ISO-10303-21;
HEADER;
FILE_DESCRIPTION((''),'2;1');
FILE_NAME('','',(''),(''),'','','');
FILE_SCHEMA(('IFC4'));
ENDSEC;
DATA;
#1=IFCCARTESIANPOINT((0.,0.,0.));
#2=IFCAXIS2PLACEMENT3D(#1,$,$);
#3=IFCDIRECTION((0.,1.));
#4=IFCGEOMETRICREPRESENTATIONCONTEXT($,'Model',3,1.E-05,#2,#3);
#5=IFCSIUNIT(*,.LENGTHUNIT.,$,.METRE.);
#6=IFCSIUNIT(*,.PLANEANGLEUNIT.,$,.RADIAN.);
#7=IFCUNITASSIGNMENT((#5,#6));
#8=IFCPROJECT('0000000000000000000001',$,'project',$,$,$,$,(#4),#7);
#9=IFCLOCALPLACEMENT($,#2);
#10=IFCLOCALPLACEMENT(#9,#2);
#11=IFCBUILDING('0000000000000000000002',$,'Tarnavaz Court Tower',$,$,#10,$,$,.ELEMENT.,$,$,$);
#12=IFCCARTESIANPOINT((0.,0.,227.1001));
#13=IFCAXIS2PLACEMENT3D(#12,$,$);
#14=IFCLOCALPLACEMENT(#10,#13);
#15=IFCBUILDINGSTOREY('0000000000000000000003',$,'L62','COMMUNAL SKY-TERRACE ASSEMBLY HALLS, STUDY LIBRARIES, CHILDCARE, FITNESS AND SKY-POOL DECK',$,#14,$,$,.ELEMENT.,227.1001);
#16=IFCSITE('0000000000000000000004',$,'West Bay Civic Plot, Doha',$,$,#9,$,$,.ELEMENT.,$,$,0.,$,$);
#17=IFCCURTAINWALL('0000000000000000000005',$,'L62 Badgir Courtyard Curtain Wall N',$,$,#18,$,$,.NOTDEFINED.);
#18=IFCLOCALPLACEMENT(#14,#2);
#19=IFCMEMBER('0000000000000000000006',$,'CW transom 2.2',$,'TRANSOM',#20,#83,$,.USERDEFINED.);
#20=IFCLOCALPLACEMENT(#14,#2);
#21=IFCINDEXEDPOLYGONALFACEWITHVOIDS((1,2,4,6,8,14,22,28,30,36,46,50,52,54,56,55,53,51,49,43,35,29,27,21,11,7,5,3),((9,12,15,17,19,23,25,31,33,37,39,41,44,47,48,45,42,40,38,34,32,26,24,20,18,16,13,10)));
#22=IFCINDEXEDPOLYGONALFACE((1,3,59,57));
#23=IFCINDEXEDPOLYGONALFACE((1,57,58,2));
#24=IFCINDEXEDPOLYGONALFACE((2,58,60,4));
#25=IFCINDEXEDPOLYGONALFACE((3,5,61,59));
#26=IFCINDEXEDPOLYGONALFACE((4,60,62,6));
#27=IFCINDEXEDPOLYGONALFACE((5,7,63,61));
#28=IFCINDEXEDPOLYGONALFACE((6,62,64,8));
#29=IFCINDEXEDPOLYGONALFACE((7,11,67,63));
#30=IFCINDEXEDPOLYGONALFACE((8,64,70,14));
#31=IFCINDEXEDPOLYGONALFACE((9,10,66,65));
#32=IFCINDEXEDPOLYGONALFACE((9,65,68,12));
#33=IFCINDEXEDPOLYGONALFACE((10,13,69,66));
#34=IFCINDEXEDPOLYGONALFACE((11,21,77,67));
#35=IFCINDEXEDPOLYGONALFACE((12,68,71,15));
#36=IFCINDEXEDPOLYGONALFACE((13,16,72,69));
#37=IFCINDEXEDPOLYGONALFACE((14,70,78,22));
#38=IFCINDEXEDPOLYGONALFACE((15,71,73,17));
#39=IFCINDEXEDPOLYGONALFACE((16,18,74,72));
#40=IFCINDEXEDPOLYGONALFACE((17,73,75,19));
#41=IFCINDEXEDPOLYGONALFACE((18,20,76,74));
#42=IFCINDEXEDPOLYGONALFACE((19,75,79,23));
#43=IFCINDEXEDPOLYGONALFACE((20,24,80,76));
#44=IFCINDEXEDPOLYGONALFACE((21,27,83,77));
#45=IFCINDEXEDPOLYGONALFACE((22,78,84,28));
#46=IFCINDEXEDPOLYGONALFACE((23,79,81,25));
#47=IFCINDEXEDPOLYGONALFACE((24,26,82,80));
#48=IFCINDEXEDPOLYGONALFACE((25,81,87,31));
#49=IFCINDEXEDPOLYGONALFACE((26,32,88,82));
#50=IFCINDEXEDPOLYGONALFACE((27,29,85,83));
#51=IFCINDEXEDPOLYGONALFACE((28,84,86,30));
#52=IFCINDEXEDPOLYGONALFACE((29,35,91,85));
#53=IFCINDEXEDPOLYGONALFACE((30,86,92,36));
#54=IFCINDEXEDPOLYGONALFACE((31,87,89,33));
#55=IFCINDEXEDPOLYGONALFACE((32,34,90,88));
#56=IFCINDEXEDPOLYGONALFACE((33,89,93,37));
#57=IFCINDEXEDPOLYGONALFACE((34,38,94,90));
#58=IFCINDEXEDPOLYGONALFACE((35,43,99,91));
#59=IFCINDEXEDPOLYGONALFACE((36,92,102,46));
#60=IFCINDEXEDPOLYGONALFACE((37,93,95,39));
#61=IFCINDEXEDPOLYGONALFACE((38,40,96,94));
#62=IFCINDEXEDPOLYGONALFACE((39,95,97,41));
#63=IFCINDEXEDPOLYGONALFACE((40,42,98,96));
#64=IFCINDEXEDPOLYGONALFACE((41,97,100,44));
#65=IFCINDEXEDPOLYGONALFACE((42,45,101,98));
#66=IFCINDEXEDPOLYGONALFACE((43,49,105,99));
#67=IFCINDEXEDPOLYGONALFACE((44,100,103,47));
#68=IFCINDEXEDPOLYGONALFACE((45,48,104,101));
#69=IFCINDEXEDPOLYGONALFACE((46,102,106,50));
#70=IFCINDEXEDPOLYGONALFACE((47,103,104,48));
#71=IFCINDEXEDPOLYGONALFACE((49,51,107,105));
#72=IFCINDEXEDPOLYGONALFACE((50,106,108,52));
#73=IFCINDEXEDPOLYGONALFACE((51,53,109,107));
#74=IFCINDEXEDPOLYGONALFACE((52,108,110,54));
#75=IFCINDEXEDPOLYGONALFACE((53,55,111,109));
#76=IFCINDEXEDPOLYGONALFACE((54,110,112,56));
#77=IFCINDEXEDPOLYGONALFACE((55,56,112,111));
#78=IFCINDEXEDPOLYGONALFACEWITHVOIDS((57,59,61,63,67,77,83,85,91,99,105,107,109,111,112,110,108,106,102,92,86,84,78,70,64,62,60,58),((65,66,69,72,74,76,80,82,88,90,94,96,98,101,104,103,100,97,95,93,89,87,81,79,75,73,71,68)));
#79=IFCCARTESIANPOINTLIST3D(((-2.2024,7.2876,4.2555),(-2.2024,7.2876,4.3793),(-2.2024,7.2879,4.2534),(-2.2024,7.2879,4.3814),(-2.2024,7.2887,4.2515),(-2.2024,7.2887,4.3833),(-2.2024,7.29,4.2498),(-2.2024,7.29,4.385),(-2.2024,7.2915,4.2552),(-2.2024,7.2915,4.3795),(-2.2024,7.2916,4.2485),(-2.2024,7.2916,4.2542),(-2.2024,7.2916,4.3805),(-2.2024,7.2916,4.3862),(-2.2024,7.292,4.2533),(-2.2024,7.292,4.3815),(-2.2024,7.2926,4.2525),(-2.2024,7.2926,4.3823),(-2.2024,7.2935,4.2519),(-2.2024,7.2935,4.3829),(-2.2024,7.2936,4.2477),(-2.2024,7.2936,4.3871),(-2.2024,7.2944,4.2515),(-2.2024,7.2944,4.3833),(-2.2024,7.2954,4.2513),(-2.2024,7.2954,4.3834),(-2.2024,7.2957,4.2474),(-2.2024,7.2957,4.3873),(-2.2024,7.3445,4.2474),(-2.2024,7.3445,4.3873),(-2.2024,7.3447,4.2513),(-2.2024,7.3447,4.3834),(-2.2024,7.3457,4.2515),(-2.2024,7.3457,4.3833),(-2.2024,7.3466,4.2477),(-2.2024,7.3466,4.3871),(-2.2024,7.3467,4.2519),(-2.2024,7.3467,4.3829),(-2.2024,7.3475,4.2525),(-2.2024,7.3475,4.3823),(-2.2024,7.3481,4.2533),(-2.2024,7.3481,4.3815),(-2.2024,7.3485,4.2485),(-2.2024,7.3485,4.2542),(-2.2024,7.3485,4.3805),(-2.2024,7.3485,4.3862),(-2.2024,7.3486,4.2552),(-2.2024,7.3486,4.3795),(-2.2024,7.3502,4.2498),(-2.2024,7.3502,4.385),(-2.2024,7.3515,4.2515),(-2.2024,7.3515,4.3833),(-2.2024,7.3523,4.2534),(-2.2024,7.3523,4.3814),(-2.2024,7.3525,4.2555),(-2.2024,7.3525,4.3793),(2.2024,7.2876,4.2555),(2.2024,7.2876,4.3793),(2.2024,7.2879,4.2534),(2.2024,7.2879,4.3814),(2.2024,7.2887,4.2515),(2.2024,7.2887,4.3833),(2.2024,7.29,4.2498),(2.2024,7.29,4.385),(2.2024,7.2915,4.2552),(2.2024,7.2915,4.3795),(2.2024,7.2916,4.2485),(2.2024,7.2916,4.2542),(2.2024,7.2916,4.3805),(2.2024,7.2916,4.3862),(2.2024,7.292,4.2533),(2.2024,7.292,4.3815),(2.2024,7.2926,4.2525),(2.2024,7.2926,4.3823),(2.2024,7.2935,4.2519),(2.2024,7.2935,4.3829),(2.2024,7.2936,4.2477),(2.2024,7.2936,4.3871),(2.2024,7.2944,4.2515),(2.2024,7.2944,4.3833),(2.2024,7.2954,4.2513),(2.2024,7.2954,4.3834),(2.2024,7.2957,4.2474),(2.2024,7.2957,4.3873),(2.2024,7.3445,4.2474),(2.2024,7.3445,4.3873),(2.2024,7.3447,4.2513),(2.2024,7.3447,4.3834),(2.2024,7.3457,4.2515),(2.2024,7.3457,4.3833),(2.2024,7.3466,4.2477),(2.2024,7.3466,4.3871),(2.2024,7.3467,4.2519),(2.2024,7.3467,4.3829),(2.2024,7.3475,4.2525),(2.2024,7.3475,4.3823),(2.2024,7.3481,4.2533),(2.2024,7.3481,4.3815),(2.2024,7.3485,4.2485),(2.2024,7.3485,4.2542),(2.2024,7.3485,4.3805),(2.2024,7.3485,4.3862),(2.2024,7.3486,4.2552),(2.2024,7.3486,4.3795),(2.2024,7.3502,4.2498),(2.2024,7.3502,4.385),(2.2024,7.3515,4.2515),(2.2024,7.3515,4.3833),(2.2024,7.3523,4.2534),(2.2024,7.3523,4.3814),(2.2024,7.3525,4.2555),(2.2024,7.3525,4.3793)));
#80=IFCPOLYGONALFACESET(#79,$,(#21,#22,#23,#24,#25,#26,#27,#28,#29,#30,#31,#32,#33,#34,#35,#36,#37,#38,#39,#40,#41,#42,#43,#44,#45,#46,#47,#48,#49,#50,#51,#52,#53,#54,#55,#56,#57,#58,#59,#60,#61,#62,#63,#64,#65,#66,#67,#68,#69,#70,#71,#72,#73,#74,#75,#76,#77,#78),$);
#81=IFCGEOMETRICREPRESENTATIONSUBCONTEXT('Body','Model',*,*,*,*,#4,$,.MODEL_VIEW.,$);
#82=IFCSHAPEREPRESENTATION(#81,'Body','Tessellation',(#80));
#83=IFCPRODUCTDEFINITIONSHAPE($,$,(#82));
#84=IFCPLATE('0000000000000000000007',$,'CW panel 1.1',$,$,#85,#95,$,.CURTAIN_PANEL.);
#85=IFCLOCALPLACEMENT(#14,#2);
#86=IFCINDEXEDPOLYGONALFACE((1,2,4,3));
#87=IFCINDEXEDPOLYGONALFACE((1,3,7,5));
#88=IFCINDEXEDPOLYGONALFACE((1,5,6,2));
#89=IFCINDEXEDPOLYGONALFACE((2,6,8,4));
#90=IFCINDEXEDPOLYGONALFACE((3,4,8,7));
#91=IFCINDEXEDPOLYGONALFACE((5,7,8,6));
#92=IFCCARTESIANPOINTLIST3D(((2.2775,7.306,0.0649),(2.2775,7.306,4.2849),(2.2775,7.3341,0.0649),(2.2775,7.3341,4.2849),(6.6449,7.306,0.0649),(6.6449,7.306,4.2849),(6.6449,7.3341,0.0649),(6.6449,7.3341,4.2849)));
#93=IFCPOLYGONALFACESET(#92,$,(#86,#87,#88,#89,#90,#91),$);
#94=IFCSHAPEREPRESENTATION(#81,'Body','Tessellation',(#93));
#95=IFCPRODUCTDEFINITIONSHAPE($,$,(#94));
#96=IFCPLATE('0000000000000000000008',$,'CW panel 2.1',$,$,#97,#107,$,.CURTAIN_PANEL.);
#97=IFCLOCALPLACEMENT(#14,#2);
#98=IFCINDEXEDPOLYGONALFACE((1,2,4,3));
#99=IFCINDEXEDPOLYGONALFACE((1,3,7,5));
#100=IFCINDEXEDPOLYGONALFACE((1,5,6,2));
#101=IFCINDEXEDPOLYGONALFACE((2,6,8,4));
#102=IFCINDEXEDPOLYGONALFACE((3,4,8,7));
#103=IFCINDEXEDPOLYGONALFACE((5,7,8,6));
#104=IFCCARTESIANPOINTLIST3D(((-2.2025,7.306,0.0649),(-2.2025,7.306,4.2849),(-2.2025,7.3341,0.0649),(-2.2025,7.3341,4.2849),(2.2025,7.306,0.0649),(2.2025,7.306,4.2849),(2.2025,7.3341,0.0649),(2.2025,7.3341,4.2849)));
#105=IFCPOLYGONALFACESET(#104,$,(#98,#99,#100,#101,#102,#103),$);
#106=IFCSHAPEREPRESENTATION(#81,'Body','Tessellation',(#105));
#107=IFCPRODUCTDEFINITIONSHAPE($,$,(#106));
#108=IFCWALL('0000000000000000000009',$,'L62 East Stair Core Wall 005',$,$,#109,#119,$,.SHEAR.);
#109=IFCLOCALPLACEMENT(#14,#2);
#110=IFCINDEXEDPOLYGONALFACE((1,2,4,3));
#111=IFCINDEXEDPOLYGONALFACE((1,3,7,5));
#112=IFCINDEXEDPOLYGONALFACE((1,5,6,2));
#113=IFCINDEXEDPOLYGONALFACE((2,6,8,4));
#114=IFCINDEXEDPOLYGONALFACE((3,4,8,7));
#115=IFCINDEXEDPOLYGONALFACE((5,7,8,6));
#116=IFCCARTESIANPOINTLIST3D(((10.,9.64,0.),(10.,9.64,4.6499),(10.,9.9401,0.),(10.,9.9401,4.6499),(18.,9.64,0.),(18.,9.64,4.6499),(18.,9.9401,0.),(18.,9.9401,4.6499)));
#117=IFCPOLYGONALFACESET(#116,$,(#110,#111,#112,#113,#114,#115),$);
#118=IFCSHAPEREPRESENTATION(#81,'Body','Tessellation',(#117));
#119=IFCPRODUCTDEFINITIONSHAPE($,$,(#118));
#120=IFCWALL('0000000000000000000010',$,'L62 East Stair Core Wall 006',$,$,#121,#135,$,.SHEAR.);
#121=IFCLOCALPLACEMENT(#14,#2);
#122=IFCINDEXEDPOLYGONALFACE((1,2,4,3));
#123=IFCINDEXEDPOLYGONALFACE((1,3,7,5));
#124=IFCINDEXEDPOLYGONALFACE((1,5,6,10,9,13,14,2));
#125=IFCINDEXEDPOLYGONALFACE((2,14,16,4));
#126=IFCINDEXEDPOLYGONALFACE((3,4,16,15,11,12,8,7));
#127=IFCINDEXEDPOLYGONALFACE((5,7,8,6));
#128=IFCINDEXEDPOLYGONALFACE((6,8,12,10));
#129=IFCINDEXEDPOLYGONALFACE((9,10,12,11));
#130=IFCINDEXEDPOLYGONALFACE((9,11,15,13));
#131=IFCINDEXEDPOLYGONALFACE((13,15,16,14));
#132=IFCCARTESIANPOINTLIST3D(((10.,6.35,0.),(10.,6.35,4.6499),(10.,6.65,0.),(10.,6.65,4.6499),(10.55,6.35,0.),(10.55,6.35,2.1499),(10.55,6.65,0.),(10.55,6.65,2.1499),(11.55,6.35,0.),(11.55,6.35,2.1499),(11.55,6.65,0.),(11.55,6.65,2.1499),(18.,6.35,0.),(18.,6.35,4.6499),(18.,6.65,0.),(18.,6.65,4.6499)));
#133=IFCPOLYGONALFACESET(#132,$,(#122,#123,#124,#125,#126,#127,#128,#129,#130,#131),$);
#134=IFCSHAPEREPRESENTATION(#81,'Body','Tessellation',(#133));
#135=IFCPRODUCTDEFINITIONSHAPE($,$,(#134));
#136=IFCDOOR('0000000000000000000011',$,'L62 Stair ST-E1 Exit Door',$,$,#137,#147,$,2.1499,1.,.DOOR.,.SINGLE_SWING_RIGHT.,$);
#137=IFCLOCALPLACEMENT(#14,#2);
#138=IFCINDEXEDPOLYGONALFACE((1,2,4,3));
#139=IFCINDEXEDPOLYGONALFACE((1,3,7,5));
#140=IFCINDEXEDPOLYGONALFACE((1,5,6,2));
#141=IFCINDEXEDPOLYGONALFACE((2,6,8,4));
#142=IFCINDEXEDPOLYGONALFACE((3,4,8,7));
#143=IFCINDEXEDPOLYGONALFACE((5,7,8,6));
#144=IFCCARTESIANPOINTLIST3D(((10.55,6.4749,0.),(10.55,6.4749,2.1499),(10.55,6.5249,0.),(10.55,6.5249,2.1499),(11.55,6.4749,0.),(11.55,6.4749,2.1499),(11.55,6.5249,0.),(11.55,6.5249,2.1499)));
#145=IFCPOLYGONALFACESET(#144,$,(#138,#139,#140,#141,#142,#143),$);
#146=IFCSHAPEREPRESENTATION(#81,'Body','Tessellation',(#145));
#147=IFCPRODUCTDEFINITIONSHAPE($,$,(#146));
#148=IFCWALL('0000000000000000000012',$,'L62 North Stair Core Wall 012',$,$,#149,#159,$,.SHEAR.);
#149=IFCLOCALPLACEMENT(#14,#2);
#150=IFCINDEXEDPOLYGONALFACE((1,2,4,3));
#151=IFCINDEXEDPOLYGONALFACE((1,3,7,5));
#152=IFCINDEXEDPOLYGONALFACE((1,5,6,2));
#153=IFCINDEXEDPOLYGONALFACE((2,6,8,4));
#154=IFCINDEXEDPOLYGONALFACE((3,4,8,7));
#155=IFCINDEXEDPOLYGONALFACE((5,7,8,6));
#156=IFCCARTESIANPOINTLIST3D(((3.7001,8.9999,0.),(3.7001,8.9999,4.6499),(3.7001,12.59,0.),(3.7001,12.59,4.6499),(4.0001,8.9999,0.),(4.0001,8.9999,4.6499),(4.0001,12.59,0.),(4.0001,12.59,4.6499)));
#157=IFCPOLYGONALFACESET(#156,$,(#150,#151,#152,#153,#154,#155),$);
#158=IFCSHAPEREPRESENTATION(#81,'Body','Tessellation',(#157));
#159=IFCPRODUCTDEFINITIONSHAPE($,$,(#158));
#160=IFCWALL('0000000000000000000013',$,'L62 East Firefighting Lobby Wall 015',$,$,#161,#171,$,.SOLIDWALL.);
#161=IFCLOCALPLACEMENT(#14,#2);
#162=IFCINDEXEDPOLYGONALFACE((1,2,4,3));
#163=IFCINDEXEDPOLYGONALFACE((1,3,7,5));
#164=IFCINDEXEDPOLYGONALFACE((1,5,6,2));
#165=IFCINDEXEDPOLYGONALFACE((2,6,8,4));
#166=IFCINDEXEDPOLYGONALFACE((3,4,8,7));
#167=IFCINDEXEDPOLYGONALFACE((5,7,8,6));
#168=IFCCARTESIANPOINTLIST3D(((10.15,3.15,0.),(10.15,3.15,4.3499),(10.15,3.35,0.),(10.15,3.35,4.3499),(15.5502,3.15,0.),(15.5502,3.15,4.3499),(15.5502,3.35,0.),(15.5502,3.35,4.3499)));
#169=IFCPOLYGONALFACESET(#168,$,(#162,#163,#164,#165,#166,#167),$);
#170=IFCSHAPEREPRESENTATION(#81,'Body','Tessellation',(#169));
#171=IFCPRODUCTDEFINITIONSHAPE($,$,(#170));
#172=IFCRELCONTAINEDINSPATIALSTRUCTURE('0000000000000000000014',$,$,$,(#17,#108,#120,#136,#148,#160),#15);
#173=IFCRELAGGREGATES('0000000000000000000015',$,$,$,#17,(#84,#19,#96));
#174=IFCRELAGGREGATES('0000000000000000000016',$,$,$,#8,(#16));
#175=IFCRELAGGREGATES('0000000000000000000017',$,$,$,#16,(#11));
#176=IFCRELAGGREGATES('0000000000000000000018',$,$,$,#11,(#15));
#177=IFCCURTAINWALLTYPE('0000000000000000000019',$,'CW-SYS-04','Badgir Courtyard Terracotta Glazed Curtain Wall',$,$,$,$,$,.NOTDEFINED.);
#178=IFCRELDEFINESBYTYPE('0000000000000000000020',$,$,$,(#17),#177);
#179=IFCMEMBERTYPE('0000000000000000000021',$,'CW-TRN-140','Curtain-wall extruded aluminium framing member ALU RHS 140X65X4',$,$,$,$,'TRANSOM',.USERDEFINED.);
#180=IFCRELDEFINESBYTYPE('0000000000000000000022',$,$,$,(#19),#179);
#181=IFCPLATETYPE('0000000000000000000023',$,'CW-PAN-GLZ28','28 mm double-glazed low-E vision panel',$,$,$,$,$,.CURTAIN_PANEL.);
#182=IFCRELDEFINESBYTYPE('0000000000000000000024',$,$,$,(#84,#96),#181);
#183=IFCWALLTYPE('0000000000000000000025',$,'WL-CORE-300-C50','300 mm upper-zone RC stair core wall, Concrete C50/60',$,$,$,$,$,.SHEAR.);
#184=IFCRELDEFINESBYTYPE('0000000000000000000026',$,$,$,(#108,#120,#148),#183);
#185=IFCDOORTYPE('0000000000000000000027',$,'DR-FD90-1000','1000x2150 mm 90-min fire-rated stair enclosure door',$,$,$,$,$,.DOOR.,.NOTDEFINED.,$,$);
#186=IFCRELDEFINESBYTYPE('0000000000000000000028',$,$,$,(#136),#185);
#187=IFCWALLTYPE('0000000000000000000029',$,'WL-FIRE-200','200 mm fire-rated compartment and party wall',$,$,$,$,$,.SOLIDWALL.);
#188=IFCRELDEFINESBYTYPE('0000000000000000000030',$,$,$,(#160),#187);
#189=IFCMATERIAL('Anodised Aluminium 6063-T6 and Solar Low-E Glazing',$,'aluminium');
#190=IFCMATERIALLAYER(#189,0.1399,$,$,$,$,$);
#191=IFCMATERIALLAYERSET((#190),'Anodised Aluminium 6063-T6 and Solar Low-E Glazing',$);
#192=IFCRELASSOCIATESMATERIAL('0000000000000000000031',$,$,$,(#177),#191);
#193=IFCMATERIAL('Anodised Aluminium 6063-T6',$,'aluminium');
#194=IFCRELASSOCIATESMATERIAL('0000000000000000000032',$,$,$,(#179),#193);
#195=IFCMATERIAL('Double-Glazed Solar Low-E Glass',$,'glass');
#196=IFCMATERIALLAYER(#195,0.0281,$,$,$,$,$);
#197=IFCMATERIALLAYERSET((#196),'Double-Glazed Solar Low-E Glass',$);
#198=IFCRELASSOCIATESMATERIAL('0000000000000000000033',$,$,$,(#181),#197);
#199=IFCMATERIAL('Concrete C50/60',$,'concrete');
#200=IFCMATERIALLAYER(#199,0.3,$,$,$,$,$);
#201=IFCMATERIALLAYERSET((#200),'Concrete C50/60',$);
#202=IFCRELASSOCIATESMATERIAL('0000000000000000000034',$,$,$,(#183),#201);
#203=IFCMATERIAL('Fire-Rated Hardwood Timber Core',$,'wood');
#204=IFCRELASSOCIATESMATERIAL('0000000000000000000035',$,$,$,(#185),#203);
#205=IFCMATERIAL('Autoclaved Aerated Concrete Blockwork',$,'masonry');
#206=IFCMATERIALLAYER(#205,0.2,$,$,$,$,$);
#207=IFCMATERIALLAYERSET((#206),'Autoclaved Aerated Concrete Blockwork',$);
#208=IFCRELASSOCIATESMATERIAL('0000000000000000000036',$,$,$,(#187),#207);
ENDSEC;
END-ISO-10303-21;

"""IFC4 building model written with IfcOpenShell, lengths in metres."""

from ifc_helpers import new_model, si_unit, direction, frame, frame_2d, origin, origin_2d, place, context, subcontext, project, spatial, rectangle, hollow_rectangle, extrude, material, layer, layer_set, material_profile, profile_set, type_object, element, fill, aggregate, save


model = new_model("IFC4")

# Units and contexts
model_context = context("Model", 3, precision=1e-05, world=origin(), true_north=direction((0.0, 1.0)))
body_context = subcontext(model_context, "Body", "Model", "MODEL_VIEW")
ifc_project = project(units=[si_unit("LENGTHUNIT", "METRE"), si_unit("PLANEANGLEUNIT", "RADIAN")], contexts=[model_context])

# Site, building, storey
site_placement = place(None, origin())
site = spatial("IfcSite", under=ifc_project, at=site_placement, Name="West Bay Civic Plot, Doha", CompositionType="ELEMENT", RefElevation=0.0)
building_placement = place(site_placement, origin())
building = spatial("IfcBuilding", under=site, at=building_placement, Name="Tarnavaz Court Tower", CompositionType="ELEMENT")
storey_placement = place(building_placement, frame((0.0, 0.0, 227.1001)))
storey = spatial("IfcBuildingStorey", under=building, at=storey_placement, Name="L62", Description="COMMUNAL SKY-TERRACE ASSEMBLY HALLS, STUDY LIBRARIES, CHILDCARE, FITNESS AND SKY-POOL DECK", CompositionType="ELEMENT", Elevation=227.1001)

# Shared definitions
ifc_material_1 = material(Name="Concrete C50/60", Category="concrete")

# Curtain wall, member, plates
ifc_material_2 = material(Name="Anodised Aluminium 6063-T6 and Solar Low-E Glazing", Category="aluminium")
ifc_layer_1 = layer(ifc_material_2, 0.1399)
ifc_layer_set_1 = layer_set([ifc_layer_1], Name="Anodised Aluminium 6063-T6 and Solar Low-E Glazing")
curtain_wall_type = type_object("IfcCurtainWallType", Name="CW-SYS-04", Description="Badgir Courtyard Terracotta Glazed Curtain Wall", PredefinedType="NOTDEFINED", material=ifc_layer_set_1)
curtain_wall_placement = place(storey_placement, origin())
curtain_wall = element("IfcCurtainWall", 1, at=curtain_wall_placement, inside=storey, type_object=curtain_wall_type, Name="L62 Badgir Courtyard Curtain Wall N", PredefinedType="NOTDEFINED")
ifc_material_3 = material(Name="Anodised Aluminium 6063-T6", Category="aluminium")
ifc_material_profile_1 = material_profile(ifc_material_3, hollow_rectangle(XDim=0.0649, YDim=0.1399, WallThickness=0.0039, InnerFilletRadius=0.0039, OuterFilletRadius=0.0081, at=origin_2d()), Name="ALU RHS 140X65X4")
ifc_profile_set_1 = profile_set([ifc_material_profile_1], Name="Anodised Aluminium 6063-T6")
member_type_1 = type_object("IfcMemberType", Name="CW-TRN-140", Description="Curtain-wall extruded aluminium framing member ALU RHS 140X65X4", ElementType="TRANSOM", PredefinedType="USERDEFINED", material=ifc_profile_set_1)
member_1_placement = place(storey_placement, frame((2.2024, 7.3201, 4.3174), z_axis=(-1.0, 0.0, 0.0), x_axis=(0.0, -1.0, 0.0)))
member_1 = element("IfcMember", 2, at=member_1_placement, type_object=member_type_1, Name="CW transom 2.2", ObjectType="TRANSOM", PredefinedType="USERDEFINED", context=body_context, shape_type="SweptSolid", body=[
    extrude(hollow_rectangle(XDim=0.0649, YDim=0.1399, WallThickness=0.0039, InnerFilletRadius=0.0039, OuterFilletRadius=0.0081, at=origin_2d()), origin(), (0.0, 0.0, 1.0), 4.4048),
])
ifc_material_4 = material(Name="Double-Glazed Solar Low-E Glass", Category="glass")
ifc_layer_2 = layer(ifc_material_4, 0.0281)
ifc_layer_set_2 = layer_set([ifc_layer_2], Name="Double-Glazed Solar Low-E Glass")
plate_type = type_object("IfcPlateType", Name="CW-PAN-GLZ28", Description="28 mm double-glazed low-E vision panel", PredefinedType="CURTAIN_PANEL", material=ifc_layer_set_2)
plate_1_placement = place(storey_placement, frame((4.4612, 7.3201, 0.0649), z_axis=(0.0, 0.0, 1.0), x_axis=(-1.0, 0.0, 0.0)))
plate_1 = element("IfcPlate", 3, at=plate_1_placement, type_object=plate_type, Name="CW panel 1.1", PredefinedType="CURTAIN_PANEL", context=body_context, shape_type="SweptSolid", body=[
    extrude(rectangle(XDim=4.3674, YDim=0.0281, at=origin_2d()), origin(), (0.0, 0.0, 1.0), 4.22),
])
plate_2_placement = place(storey_placement, frame((0.0, 7.3201, 0.0649), z_axis=(0.0, 0.0, 1.0), x_axis=(-1.0, 0.0, 0.0)))
plate_2 = element("IfcPlate", 4, at=plate_2_placement, type_object=plate_type, Name="CW panel 2.1", PredefinedType="CURTAIN_PANEL", context=body_context, shape_type="SweptSolid", body=[
    extrude(rectangle(XDim=4.405, YDim=0.0281, at=origin_2d()), origin(), (0.0, 0.0, 1.0), 4.22),
])
aggregate(curtain_wall, [plate_1, member_1, plate_2])

# Wall
ifc_layer_3 = layer(ifc_material_1, 0.3)
ifc_layer_set_3 = layer_set([ifc_layer_3], Name="Concrete C50/60")
wall_type_1 = type_object("IfcWallType", Name="WL-CORE-300-C50", Description="300 mm upper-zone RC stair core wall, Concrete C50/60", PredefinedType="SHEAR", material=ifc_layer_set_3)
wall_1_placement = place(storey_placement, frame((10.0, 9.79, 0.0), z_axis=(0.0, 0.0, 1.0), x_axis=(1.0, 0.0, 0.0)))
element("IfcWall", 5, at=wall_1_placement, inside=storey, type_object=wall_type_1, Name="L62 East Stair Core Wall 005", PredefinedType="SHEAR", context=body_context, shape_type="SweptSolid", body=[
    extrude(rectangle(XDim=8.0, YDim=0.3, at=frame_2d((4.0, 0.0))), origin(), (0.0, 0.0, 1.0), 4.6499),
])

# Wall, opening, door
wall_2_placement = place(storey_placement, frame((10.0, 6.5, 0.0), z_axis=(0.0, 0.0, 1.0), x_axis=(1.0, 0.0, 0.0)))
wall_2 = element("IfcWall", 6, at=wall_2_placement, inside=storey, type_object=wall_type_1, Name="L62 East Stair Core Wall 006", PredefinedType="SHEAR", context=body_context, shape_type="SweptSolid", body=[
    extrude(rectangle(XDim=8.0, YDim=0.3, at=frame_2d((4.0, 0.0))), origin(), (0.0, 0.0, 1.0), 4.6499),
])
opening_1_placement = place(wall_2_placement, frame((0.55, 0.0, 0.0)))
opening_1 = element("IfcOpeningElement", 7, at=opening_1_placement, cuts=wall_2, PredefinedType="OPENING", context=body_context, shape_type="SweptSolid", body=[
    extrude(rectangle(XDim=1.0, YDim=2.1499, at=frame_2d((0.5, 1.075))), frame((0.0, 0.1599, 0.0), z_axis=(0.0, -1.0, 0.0), x_axis=(1.0, 0.0, 0.0)), (0.0, 0.0, 1.0), 0.3201),
])
ifc_material_5 = material(Name="Fire-Rated Hardwood Timber Core", Category="wood")
door_type_1 = type_object("IfcDoorType", Name="DR-FD90-1000", Description="1000x2150 mm 90-min fire-rated stair enclosure door", OperationType="NOTDEFINED", PredefinedType="DOOR", material=ifc_material_5)
door_1_placement = place(opening_1_placement, origin())
door_1 = element("IfcDoor", 8, at=door_1_placement, inside=storey, type_object=door_type_1, Name="L62 Stair ST-E1 Exit Door", OperationType="SINGLE_SWING_RIGHT", OverallHeight=2.1499, OverallWidth=1.0, PredefinedType="DOOR", context=body_context, shape_type="SweptSolid", body=[
    extrude(rectangle(XDim=1.0, YDim=2.1499, at=frame_2d((0.5, 1.075))), frame((0.0, 0.0249, 0.0), z_axis=(0.0, -1.0, 0.0), x_axis=(1.0, 0.0, 0.0)), (0.0, 0.0, 1.0), 0.05),
])
fill(opening_1, door_1)

# Walls
wall_3_placement = place(storey_placement, frame((3.8501, 9.0, 0.0), z_axis=(0.0, 0.0, 1.0), x_axis=(0.0, 1.0, 0.0)))
element("IfcWall", 9, at=wall_3_placement, inside=storey, type_object=wall_type_1, Name="L62 North Stair Core Wall 012", PredefinedType="SHEAR", context=body_context, shape_type="SweptSolid", body=[
    extrude(rectangle(XDim=3.5901, YDim=0.3, at=frame_2d((1.7949, 0.0))), origin(), (0.0, 0.0, 1.0), 4.6499),
])
ifc_material_6 = material(Name="Autoclaved Aerated Concrete Blockwork", Category="masonry")
ifc_layer_4 = layer(ifc_material_6, 0.2)
ifc_layer_set_4 = layer_set([ifc_layer_4], Name="Autoclaved Aerated Concrete Blockwork")
wall_type_2 = type_object("IfcWallType", Name="WL-FIRE-200", Description="200 mm fire-rated compartment and party wall", PredefinedType="SOLIDWALL", material=ifc_layer_set_4)
wall_4_placement = place(storey_placement, frame((10.1499, 3.25, 0.0), z_axis=(0.0, 0.0, 1.0), x_axis=(1.0, 0.0, 0.0)))
element("IfcWall", 10, at=wall_4_placement, inside=storey, type_object=wall_type_2, Name="L62 East Firefighting Lobby Wall 015", PredefinedType="SOLIDWALL", context=body_context, shape_type="SweptSolid", body=[
    extrude(rectangle(XDim=5.4001, YDim=0.2, at=frame_2d((2.7002, 0.0))), origin(), (0.0, 0.0, 1.0), 4.3499),
])

save(model, "model.ifc")
